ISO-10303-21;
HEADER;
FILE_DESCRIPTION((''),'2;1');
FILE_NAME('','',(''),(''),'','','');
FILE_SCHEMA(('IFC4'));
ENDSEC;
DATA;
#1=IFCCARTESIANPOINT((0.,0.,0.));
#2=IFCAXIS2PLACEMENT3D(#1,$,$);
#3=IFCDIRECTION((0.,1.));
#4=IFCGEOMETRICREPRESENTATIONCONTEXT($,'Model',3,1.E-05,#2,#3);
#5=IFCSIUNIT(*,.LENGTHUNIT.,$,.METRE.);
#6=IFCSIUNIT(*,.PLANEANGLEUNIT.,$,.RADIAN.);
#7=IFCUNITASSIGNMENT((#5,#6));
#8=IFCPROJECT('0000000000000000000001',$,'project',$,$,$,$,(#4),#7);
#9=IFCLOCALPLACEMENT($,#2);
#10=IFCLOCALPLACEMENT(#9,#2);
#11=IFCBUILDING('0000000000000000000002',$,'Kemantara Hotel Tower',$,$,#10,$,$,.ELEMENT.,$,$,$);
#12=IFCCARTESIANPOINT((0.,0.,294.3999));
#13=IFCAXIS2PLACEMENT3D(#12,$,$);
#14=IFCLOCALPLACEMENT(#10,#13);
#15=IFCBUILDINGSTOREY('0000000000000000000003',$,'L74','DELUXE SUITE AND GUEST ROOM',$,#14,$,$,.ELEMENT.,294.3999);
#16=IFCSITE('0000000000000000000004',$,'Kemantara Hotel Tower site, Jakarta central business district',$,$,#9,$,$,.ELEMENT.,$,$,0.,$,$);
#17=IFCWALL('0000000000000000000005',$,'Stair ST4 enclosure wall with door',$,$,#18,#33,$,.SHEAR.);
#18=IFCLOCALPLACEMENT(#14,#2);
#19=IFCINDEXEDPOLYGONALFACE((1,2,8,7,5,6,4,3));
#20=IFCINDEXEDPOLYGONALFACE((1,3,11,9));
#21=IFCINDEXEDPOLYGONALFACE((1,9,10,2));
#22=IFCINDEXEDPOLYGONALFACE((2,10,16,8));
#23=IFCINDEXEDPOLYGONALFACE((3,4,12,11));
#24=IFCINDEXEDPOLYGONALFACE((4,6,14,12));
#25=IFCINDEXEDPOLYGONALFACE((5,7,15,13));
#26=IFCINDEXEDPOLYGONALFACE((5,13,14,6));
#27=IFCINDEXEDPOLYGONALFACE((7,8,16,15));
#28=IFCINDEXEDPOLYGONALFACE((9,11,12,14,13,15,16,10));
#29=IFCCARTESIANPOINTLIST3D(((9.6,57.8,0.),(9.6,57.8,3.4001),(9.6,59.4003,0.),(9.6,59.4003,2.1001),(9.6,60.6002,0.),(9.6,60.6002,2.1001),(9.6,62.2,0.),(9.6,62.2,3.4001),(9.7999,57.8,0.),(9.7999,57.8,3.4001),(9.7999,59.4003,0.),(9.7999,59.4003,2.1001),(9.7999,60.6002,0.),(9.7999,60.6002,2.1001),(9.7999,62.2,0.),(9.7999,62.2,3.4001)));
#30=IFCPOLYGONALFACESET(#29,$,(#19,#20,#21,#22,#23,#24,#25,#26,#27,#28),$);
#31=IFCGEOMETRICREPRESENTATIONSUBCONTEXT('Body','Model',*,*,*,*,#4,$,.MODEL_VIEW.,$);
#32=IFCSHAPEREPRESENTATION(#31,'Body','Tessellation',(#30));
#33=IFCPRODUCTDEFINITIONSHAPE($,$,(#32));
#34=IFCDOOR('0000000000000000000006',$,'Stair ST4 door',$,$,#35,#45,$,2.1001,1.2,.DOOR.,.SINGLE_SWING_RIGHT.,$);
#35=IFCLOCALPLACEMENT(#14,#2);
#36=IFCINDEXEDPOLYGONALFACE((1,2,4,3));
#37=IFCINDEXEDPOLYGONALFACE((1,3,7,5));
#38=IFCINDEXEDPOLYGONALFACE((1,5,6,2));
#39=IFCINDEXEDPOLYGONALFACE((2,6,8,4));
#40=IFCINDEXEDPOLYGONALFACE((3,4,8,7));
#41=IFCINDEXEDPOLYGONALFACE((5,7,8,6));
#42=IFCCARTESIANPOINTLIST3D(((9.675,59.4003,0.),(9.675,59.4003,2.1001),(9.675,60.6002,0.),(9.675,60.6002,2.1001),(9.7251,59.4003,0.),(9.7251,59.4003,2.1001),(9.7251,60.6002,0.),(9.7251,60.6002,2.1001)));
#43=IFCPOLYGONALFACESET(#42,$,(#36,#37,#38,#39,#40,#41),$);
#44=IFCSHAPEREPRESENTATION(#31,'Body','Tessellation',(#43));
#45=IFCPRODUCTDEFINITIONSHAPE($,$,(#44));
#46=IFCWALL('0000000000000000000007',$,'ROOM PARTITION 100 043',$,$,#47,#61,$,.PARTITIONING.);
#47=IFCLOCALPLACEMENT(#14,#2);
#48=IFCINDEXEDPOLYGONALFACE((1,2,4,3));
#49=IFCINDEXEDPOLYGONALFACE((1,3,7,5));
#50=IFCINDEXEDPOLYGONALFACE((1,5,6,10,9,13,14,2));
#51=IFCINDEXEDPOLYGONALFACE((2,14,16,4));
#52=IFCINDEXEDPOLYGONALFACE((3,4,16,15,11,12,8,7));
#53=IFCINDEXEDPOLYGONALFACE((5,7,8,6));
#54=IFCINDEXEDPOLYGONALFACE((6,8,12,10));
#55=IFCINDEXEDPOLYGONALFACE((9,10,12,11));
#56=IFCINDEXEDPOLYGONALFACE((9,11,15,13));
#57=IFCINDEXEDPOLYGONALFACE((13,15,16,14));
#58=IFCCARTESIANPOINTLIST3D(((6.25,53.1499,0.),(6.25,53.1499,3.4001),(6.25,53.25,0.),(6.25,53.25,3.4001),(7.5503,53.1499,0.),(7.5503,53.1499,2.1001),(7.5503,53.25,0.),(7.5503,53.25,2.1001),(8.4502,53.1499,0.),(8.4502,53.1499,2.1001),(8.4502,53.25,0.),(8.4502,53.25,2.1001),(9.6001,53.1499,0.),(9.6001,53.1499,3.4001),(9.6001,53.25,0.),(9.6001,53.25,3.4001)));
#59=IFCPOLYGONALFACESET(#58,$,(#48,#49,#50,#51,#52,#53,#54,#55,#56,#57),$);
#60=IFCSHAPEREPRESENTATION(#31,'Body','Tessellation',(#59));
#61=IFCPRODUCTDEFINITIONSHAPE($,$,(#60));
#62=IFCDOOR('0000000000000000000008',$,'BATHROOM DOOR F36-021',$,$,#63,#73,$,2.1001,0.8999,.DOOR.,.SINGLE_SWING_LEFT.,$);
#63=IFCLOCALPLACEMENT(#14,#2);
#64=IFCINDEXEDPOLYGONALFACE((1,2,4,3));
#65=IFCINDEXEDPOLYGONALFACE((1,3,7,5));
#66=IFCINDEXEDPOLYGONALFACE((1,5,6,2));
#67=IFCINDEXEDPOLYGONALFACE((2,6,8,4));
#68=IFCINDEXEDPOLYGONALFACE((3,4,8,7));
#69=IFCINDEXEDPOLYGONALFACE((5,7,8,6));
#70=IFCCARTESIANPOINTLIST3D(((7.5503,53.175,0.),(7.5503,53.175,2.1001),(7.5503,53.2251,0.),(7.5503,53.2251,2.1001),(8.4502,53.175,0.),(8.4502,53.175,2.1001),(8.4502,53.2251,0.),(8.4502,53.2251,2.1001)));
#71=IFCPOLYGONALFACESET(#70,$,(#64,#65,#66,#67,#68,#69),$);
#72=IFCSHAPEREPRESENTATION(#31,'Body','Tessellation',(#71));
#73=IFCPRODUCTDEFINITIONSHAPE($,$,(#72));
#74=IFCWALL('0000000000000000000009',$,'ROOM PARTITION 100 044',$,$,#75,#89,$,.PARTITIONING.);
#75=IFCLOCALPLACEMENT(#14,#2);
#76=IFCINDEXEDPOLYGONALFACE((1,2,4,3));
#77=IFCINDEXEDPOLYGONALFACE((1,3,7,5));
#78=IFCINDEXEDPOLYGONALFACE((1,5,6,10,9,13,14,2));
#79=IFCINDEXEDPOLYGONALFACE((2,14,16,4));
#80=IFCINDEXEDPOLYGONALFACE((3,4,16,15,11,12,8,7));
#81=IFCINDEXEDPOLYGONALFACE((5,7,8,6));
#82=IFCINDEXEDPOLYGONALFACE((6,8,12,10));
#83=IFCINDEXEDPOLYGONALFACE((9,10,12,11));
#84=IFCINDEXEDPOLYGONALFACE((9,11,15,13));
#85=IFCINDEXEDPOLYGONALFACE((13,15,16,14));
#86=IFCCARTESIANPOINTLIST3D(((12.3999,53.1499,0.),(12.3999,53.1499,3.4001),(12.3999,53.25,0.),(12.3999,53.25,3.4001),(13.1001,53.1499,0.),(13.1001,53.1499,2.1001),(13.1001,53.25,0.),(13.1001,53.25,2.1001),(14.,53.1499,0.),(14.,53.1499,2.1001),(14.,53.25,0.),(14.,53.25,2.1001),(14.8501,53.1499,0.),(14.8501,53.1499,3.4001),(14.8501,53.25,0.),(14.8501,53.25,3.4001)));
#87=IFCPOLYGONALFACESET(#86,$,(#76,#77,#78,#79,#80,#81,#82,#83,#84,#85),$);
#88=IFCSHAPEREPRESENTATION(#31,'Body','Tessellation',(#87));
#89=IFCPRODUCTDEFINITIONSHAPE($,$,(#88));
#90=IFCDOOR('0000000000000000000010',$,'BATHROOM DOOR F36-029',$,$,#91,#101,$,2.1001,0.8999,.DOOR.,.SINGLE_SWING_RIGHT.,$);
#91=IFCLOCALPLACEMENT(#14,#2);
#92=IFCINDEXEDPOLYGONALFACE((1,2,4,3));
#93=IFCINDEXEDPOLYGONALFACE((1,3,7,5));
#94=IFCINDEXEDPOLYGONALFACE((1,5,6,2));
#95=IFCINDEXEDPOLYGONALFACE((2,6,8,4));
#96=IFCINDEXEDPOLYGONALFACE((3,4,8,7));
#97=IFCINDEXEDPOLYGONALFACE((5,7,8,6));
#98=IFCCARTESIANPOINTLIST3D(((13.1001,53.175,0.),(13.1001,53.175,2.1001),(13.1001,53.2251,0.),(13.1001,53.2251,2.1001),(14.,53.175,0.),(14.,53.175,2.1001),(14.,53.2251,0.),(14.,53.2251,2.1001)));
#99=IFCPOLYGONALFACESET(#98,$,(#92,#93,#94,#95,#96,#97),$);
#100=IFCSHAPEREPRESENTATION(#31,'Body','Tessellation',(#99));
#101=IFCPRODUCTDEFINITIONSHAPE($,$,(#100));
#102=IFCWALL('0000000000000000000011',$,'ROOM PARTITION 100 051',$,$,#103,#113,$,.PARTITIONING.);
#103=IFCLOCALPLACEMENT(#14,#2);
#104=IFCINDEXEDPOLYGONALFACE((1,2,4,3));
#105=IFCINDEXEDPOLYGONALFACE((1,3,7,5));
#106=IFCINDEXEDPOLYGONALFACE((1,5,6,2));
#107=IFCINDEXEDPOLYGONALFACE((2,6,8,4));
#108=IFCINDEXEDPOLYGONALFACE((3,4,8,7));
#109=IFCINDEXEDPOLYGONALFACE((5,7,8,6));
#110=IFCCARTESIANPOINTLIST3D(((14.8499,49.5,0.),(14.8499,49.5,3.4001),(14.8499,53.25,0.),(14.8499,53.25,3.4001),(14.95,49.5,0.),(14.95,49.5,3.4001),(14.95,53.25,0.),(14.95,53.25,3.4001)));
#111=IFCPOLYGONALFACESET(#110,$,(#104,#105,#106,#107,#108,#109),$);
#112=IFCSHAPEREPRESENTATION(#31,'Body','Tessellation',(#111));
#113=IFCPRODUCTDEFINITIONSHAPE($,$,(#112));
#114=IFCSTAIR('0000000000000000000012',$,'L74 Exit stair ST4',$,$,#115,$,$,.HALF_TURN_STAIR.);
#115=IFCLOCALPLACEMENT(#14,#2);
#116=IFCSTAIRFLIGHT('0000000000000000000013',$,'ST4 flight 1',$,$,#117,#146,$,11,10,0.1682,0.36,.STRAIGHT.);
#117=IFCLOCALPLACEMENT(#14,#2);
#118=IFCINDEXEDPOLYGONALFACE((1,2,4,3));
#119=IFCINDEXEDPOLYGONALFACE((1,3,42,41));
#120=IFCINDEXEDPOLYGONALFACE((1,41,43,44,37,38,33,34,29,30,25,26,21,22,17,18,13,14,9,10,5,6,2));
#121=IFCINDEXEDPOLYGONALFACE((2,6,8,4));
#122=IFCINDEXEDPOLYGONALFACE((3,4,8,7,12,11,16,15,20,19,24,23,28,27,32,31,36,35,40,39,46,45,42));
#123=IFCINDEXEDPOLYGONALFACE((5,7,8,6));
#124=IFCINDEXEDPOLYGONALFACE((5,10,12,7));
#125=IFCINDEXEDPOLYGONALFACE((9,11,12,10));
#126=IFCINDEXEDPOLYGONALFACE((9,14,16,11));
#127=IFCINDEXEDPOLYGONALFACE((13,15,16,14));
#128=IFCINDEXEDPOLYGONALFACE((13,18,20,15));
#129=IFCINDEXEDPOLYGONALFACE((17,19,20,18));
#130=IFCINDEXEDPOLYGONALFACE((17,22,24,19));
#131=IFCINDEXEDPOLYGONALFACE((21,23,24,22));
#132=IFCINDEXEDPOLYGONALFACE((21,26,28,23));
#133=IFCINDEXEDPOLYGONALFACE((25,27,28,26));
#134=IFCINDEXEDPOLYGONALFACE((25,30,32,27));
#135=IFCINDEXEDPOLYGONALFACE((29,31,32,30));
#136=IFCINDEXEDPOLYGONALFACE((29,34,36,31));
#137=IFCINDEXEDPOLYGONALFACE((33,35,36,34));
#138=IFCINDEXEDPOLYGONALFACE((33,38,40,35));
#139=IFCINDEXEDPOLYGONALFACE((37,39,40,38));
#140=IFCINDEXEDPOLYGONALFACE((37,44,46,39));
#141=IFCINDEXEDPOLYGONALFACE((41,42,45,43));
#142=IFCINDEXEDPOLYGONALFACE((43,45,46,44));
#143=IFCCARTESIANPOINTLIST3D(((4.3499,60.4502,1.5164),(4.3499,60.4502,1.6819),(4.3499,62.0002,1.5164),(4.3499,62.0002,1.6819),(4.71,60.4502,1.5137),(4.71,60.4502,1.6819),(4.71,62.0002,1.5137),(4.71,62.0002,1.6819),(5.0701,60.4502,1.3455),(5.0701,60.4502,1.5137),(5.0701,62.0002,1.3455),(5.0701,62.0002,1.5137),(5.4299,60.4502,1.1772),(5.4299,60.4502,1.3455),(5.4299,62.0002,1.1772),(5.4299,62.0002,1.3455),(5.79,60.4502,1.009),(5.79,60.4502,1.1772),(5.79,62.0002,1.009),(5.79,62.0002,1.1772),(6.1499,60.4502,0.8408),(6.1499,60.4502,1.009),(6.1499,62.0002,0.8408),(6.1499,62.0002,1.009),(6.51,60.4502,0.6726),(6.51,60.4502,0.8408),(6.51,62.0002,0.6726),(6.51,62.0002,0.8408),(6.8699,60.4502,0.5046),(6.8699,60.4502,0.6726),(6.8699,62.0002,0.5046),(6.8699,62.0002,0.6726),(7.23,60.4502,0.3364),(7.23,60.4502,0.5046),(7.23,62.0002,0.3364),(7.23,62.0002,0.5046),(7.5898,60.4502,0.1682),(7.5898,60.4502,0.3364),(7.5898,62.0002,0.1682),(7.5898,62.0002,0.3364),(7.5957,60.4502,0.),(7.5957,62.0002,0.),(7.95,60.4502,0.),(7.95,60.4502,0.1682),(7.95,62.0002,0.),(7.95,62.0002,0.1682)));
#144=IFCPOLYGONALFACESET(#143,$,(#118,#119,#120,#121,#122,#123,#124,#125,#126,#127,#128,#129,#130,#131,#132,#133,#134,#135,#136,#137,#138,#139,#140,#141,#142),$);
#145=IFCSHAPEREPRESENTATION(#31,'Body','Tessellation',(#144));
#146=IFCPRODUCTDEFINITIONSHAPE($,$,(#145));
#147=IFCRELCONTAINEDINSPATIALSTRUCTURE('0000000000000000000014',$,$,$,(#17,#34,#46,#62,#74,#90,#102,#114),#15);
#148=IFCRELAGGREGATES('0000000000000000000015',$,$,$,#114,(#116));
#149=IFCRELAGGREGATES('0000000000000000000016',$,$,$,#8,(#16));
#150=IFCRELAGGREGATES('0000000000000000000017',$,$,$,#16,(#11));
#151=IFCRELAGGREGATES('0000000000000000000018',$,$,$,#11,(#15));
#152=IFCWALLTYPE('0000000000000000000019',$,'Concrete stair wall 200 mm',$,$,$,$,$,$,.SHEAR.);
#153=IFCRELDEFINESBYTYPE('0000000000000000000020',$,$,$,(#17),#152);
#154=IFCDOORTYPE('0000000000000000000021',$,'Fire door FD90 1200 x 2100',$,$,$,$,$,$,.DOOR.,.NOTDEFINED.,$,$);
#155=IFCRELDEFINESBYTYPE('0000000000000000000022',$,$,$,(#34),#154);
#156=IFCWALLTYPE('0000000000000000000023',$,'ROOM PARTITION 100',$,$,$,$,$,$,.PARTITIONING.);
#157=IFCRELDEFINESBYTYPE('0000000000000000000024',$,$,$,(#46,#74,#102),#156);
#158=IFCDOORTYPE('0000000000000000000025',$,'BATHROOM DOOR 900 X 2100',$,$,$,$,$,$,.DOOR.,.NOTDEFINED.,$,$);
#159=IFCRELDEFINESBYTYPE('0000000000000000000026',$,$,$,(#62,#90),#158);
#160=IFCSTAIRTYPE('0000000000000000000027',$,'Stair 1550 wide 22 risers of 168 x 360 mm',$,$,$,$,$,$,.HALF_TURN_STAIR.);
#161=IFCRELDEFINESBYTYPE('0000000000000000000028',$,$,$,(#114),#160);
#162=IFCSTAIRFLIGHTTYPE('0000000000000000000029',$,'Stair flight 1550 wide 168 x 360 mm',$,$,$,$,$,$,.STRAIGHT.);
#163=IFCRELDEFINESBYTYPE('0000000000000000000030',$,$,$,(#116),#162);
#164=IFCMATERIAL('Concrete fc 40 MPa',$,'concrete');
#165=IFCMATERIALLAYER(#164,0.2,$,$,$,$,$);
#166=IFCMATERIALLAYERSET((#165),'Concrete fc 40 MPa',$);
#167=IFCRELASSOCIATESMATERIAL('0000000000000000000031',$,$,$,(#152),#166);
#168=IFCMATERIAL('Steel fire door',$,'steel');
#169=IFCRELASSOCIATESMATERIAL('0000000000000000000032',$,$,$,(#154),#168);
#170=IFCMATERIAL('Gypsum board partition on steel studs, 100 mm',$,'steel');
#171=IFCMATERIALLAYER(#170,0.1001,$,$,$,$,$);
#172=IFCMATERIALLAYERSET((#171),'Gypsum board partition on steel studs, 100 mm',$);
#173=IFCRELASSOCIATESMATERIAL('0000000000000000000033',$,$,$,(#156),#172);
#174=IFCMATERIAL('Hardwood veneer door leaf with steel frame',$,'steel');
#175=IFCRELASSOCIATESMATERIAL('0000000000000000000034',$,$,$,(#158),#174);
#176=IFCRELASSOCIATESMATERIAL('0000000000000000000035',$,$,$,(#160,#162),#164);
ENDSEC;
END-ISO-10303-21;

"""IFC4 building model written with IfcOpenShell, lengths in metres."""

from ifc_helpers import new_model, si_unit, direction, frame, frame_2d, origin, place, context, subcontext, project, spatial, polyline, rectangle, outline, extrude, material, layer, layer_set, type_object, element, fill, aggregate, save


model = new_model("IFC4")

# Units and contexts
model_context = context("Model", 3, precision=1e-05, world=origin(), true_north=direction((0.0, 1.0)))
body_context = subcontext(model_context, "Body", "Model", "MODEL_VIEW")
ifc_project = project(units=[si_unit("LENGTHUNIT", "METRE"), si_unit("PLANEANGLEUNIT", "RADIAN")], contexts=[model_context])

# Site, building, storey
site_placement = place(None, origin())
site = spatial("IfcSite", under=ifc_project, at=site_placement, Name="Kemantara Hotel Tower site, Jakarta central business district", CompositionType="ELEMENT", RefElevation=0.0)
building_placement = place(site_placement, origin())
building = spatial("IfcBuilding", under=site, at=building_placement, Name="Kemantara Hotel Tower", CompositionType="ELEMENT")
storey_placement = place(building_placement, frame((0.0, 0.0, 294.3999)))
storey = spatial("IfcBuildingStorey", under=building, at=storey_placement, Name="L74", Description="DELUXE SUITE AND GUEST ROOM", CompositionType="ELEMENT", Elevation=294.3999)

# Walls, openings, doors
ifc_material_1 = material(Name="Hardwood veneer door leaf with steel frame", Category="steel")
ifc_material_2 = material(Name="Concrete fc 40 MPa", Category="concrete")
ifc_layer_1 = layer(ifc_material_2, 0.2)
ifc_layer_set_1 = layer_set([ifc_layer_1], Name="Concrete fc 40 MPa")
wall_type_1 = type_object("IfcWallType", Name="Concrete stair wall 200 mm", PredefinedType="SHEAR", material=ifc_layer_set_1)
wall_1_placement = place(storey_placement, frame((9.7, 57.8, 0.0), z_axis=(0.0, 0.0, 1.0), x_axis=(0.0, 1.0, 0.0)))
wall_1 = element("IfcWall", 1, at=wall_1_placement, inside=storey, type_object=wall_type_1, Name="Stair ST4 enclosure wall with door", PredefinedType="SHEAR", context=body_context, shape_type="SweptSolid", body=[
    extrude(rectangle(XDim=4.3999, YDim=0.2, at=frame_2d((2.2, 0.0))), origin(), (0.0, 0.0, 1.0), 3.4001),
])
opening_1_placement = place(wall_1_placement, frame((1.6001, 0.0, 0.0)))
opening_1 = element("IfcOpeningElement", 2, at=opening_1_placement, cuts=wall_1, PredefinedType="OPENING", context=body_context, shape_type="SweptSolid", body=[
    extrude(rectangle(XDim=1.2, YDim=2.1001, at=frame_2d((0.6001, 1.05))), frame((0.0, 0.1099, 0.0), z_axis=(0.0, -1.0, 0.0), x_axis=(1.0, 0.0, 0.0)), (0.0, 0.0, 1.0), 0.22),
])
ifc_material_3 = material(Name="Steel fire door", Category="steel")
door_type_1 = type_object("IfcDoorType", Name="Fire door FD90 1200 x 2100", OperationType="NOTDEFINED", PredefinedType="DOOR", material=ifc_material_3)
door_1_placement = place(opening_1_placement, origin())
door_1 = element("IfcDoor", 3, at=door_1_placement, inside=storey, type_object=door_type_1, Name="Stair ST4 door", OperationType="SINGLE_SWING_RIGHT", OverallHeight=2.1001, OverallWidth=1.2, PredefinedType="DOOR", context=body_context, shape_type="SweptSolid", body=[
    extrude(rectangle(XDim=1.2, YDim=2.1001, at=frame_2d((0.6001, 1.05))), frame((0.0, 0.0249, 0.0), z_axis=(0.0, -1.0, 0.0), x_axis=(1.0, 0.0, 0.0)), (0.0, 0.0, 1.0), 0.05),
])
fill(opening_1, door_1)
ifc_material_4 = material(Name="Gypsum board partition on steel studs, 100 mm", Category="steel")
ifc_layer_2 = layer(ifc_material_4, 0.1001)
ifc_layer_set_2 = layer_set([ifc_layer_2], Name="Gypsum board partition on steel studs, 100 mm")
wall_type_2 = type_object("IfcWallType", Name="ROOM PARTITION 100", PredefinedType="PARTITIONING", material=ifc_layer_set_2)
wall_2_placement = place(storey_placement, frame((9.6001, 53.2, 0.0), z_axis=(0.0, 0.0, 1.0), x_axis=(-1.0, 0.0, 0.0)))
wall_2 = element("IfcWall", 4, at=wall_2_placement, inside=storey, type_object=wall_type_2, Name="ROOM PARTITION 100 043", PredefinedType="PARTITIONING", context=body_context, shape_type="SweptSolid", body=[
    extrude(rectangle(XDim=3.3501, YDim=0.1001, at=frame_2d((1.675, 0.0))), origin(), (0.0, 0.0, 1.0), 3.4001),
])
opening_2_placement = place(wall_2_placement, frame((1.1499, 0.0, 0.0)))
opening_2 = element("IfcOpeningElement", 5, at=opening_2_placement, cuts=wall_2, PredefinedType="OPENING", context=body_context, shape_type="SweptSolid", body=[
    extrude(rectangle(XDim=0.8999, YDim=2.1001, at=frame_2d((0.45, 1.05))), frame((0.0, 0.0601, 0.0), z_axis=(0.0, -1.0, 0.0), x_axis=(1.0, 0.0, 0.0)), (0.0, 0.0, 1.0), 0.1201),
])
door_type_2 = type_object("IfcDoorType", Name="BATHROOM DOOR 900 X 2100", OperationType="NOTDEFINED", PredefinedType="DOOR", material=ifc_material_1)
door_2_placement = place(opening_2_placement, origin())
door_2 = element("IfcDoor", 6, at=door_2_placement, inside=storey, type_object=door_type_2, Name="BATHROOM DOOR F36-021", OperationType="SINGLE_SWING_LEFT", OverallHeight=2.1001, OverallWidth=0.8999, PredefinedType="DOOR", context=body_context, shape_type="SweptSolid", body=[
    extrude(rectangle(XDim=0.8999, YDim=2.1001, at=frame_2d((0.45, 1.05))), frame((0.0, 0.0249, 0.0), z_axis=(0.0, -1.0, 0.0), x_axis=(1.0, 0.0, 0.0)), (0.0, 0.0, 1.0), 0.05),
])
fill(opening_2, door_2)
wall_3_placement = place(storey_placement, frame((14.8501, 53.2, 0.0), z_axis=(0.0, 0.0, 1.0), x_axis=(-1.0, 0.0, 0.0)))
wall_3 = element("IfcWall", 7, at=wall_3_placement, inside=storey, type_object=wall_type_2, Name="ROOM PARTITION 100 044", PredefinedType="PARTITIONING", context=body_context, shape_type="SweptSolid", body=[
    extrude(rectangle(XDim=2.4502, YDim=0.1001, at=frame_2d((1.2251, 0.0))), origin(), (0.0, 0.0, 1.0), 3.4001),
])
opening_3_placement = place(wall_3_placement, frame((0.8501, 0.0, 0.0)))
opening_3 = element("IfcOpeningElement", 8, at=opening_3_placement, cuts=wall_3, PredefinedType="OPENING", context=body_context, shape_type="SweptSolid", body=[
    extrude(rectangle(XDim=0.8999, YDim=2.1001, at=frame_2d((0.45, 1.05))), frame((0.0, 0.0601, 0.0), z_axis=(0.0, -1.0, 0.0), x_axis=(1.0, 0.0, 0.0)), (0.0, 0.0, 1.0), 0.1201),
])
door_3_placement = place(opening_3_placement, origin())
door_3 = element("IfcDoor", 9, at=door_3_placement, inside=storey, type_object=door_type_2, Name="BATHROOM DOOR F36-029", OperationType="SINGLE_SWING_RIGHT", OverallHeight=2.1001, OverallWidth=0.8999, PredefinedType="DOOR", context=body_context, shape_type="SweptSolid", body=[
    extrude(rectangle(XDim=0.8999, YDim=2.1001, at=frame_2d((0.45, 1.05))), frame((0.0, 0.0249, 0.0), z_axis=(0.0, -1.0, 0.0), x_axis=(1.0, 0.0, 0.0)), (0.0, 0.0, 1.0), 0.05),
])
fill(opening_3, door_3)

# Wall
wall_4_placement = place(storey_placement, frame((14.8999, 49.5, 0.0), z_axis=(0.0, 0.0, 1.0), x_axis=(0.0, 1.0, 0.0)))
element("IfcWall", 10, at=wall_4_placement, inside=storey, type_object=wall_type_2, Name="ROOM PARTITION 100 051", PredefinedType="PARTITIONING", context=body_context, shape_type="SweptSolid", body=[
    extrude(rectangle(XDim=3.75, YDim=0.1001, at=frame_2d((1.875, 0.0))), origin(), (0.0, 0.0, 1.0), 3.4001),
])

# Stair, stair flight
stair_type = type_object("IfcStairType", Name="Stair 1550 wide 22 risers of 168 x 360 mm", PredefinedType="HALF_TURN_STAIR", material=ifc_material_2)
stair_placement = place(storey_placement, origin())
stair = element("IfcStair", 11, at=stair_placement, inside=storey, type_object=stair_type, Name="L74 Exit stair ST4", PredefinedType="HALF_TURN_STAIR")
stair_flight_type = type_object("IfcStairFlightType", Name="Stair flight 1550 wide 168 x 360 mm", PredefinedType="STRAIGHT", material=ifc_material_2)
stair_flight_placement = place(storey_placement, frame((7.95, 61.2251, 0.0), z_axis=(0.0, 0.0, 1.0), x_axis=(-1.0, 0.0, 0.0)))
stair_flight = element("IfcStairFlight", 12, at=stair_flight_placement, type_object=stair_flight_type, Name="ST4 flight 1", NumberOfRisers=11, NumberOfTreads=10, PredefinedType="STRAIGHT", RiserHeight=0.1682, TreadLength=0.36, context=body_context, shape_type="SweptSolid", body=[
    extrude(outline(polyline([(0.0, 0.0), (0.0, 0.1682), (0.3601, 0.1682), (0.3601, 0.3364), (0.72, 0.3364), (0.72, 0.5046), (1.0801, 0.5046), (1.0801, 0.6726), (1.4399, 0.6726), (1.4399, 0.8408), (1.8, 0.8408), (1.8, 1.009), (2.1599, 1.009), (2.1599, 1.1772), (2.52, 1.1772), (2.52, 1.3455), (2.8799, 1.3455), (2.8799, 1.5137), (3.24, 1.5137), (3.24, 1.6819), (3.6001, 1.6819), (3.6001, 1.8501), (3.6001, 1.5164), (0.3542, 0.0), (0.0, 0.0)])), frame((0.0, 0.7749, 0.0), z_axis=(0.0, -1.0, 0.0), x_axis=(1.0, 0.0, 0.0)), (0.0, 0.0, 1.0), 1.55),
])
aggregate(stair, [stair_flight])

save(model, "model.ifc")
